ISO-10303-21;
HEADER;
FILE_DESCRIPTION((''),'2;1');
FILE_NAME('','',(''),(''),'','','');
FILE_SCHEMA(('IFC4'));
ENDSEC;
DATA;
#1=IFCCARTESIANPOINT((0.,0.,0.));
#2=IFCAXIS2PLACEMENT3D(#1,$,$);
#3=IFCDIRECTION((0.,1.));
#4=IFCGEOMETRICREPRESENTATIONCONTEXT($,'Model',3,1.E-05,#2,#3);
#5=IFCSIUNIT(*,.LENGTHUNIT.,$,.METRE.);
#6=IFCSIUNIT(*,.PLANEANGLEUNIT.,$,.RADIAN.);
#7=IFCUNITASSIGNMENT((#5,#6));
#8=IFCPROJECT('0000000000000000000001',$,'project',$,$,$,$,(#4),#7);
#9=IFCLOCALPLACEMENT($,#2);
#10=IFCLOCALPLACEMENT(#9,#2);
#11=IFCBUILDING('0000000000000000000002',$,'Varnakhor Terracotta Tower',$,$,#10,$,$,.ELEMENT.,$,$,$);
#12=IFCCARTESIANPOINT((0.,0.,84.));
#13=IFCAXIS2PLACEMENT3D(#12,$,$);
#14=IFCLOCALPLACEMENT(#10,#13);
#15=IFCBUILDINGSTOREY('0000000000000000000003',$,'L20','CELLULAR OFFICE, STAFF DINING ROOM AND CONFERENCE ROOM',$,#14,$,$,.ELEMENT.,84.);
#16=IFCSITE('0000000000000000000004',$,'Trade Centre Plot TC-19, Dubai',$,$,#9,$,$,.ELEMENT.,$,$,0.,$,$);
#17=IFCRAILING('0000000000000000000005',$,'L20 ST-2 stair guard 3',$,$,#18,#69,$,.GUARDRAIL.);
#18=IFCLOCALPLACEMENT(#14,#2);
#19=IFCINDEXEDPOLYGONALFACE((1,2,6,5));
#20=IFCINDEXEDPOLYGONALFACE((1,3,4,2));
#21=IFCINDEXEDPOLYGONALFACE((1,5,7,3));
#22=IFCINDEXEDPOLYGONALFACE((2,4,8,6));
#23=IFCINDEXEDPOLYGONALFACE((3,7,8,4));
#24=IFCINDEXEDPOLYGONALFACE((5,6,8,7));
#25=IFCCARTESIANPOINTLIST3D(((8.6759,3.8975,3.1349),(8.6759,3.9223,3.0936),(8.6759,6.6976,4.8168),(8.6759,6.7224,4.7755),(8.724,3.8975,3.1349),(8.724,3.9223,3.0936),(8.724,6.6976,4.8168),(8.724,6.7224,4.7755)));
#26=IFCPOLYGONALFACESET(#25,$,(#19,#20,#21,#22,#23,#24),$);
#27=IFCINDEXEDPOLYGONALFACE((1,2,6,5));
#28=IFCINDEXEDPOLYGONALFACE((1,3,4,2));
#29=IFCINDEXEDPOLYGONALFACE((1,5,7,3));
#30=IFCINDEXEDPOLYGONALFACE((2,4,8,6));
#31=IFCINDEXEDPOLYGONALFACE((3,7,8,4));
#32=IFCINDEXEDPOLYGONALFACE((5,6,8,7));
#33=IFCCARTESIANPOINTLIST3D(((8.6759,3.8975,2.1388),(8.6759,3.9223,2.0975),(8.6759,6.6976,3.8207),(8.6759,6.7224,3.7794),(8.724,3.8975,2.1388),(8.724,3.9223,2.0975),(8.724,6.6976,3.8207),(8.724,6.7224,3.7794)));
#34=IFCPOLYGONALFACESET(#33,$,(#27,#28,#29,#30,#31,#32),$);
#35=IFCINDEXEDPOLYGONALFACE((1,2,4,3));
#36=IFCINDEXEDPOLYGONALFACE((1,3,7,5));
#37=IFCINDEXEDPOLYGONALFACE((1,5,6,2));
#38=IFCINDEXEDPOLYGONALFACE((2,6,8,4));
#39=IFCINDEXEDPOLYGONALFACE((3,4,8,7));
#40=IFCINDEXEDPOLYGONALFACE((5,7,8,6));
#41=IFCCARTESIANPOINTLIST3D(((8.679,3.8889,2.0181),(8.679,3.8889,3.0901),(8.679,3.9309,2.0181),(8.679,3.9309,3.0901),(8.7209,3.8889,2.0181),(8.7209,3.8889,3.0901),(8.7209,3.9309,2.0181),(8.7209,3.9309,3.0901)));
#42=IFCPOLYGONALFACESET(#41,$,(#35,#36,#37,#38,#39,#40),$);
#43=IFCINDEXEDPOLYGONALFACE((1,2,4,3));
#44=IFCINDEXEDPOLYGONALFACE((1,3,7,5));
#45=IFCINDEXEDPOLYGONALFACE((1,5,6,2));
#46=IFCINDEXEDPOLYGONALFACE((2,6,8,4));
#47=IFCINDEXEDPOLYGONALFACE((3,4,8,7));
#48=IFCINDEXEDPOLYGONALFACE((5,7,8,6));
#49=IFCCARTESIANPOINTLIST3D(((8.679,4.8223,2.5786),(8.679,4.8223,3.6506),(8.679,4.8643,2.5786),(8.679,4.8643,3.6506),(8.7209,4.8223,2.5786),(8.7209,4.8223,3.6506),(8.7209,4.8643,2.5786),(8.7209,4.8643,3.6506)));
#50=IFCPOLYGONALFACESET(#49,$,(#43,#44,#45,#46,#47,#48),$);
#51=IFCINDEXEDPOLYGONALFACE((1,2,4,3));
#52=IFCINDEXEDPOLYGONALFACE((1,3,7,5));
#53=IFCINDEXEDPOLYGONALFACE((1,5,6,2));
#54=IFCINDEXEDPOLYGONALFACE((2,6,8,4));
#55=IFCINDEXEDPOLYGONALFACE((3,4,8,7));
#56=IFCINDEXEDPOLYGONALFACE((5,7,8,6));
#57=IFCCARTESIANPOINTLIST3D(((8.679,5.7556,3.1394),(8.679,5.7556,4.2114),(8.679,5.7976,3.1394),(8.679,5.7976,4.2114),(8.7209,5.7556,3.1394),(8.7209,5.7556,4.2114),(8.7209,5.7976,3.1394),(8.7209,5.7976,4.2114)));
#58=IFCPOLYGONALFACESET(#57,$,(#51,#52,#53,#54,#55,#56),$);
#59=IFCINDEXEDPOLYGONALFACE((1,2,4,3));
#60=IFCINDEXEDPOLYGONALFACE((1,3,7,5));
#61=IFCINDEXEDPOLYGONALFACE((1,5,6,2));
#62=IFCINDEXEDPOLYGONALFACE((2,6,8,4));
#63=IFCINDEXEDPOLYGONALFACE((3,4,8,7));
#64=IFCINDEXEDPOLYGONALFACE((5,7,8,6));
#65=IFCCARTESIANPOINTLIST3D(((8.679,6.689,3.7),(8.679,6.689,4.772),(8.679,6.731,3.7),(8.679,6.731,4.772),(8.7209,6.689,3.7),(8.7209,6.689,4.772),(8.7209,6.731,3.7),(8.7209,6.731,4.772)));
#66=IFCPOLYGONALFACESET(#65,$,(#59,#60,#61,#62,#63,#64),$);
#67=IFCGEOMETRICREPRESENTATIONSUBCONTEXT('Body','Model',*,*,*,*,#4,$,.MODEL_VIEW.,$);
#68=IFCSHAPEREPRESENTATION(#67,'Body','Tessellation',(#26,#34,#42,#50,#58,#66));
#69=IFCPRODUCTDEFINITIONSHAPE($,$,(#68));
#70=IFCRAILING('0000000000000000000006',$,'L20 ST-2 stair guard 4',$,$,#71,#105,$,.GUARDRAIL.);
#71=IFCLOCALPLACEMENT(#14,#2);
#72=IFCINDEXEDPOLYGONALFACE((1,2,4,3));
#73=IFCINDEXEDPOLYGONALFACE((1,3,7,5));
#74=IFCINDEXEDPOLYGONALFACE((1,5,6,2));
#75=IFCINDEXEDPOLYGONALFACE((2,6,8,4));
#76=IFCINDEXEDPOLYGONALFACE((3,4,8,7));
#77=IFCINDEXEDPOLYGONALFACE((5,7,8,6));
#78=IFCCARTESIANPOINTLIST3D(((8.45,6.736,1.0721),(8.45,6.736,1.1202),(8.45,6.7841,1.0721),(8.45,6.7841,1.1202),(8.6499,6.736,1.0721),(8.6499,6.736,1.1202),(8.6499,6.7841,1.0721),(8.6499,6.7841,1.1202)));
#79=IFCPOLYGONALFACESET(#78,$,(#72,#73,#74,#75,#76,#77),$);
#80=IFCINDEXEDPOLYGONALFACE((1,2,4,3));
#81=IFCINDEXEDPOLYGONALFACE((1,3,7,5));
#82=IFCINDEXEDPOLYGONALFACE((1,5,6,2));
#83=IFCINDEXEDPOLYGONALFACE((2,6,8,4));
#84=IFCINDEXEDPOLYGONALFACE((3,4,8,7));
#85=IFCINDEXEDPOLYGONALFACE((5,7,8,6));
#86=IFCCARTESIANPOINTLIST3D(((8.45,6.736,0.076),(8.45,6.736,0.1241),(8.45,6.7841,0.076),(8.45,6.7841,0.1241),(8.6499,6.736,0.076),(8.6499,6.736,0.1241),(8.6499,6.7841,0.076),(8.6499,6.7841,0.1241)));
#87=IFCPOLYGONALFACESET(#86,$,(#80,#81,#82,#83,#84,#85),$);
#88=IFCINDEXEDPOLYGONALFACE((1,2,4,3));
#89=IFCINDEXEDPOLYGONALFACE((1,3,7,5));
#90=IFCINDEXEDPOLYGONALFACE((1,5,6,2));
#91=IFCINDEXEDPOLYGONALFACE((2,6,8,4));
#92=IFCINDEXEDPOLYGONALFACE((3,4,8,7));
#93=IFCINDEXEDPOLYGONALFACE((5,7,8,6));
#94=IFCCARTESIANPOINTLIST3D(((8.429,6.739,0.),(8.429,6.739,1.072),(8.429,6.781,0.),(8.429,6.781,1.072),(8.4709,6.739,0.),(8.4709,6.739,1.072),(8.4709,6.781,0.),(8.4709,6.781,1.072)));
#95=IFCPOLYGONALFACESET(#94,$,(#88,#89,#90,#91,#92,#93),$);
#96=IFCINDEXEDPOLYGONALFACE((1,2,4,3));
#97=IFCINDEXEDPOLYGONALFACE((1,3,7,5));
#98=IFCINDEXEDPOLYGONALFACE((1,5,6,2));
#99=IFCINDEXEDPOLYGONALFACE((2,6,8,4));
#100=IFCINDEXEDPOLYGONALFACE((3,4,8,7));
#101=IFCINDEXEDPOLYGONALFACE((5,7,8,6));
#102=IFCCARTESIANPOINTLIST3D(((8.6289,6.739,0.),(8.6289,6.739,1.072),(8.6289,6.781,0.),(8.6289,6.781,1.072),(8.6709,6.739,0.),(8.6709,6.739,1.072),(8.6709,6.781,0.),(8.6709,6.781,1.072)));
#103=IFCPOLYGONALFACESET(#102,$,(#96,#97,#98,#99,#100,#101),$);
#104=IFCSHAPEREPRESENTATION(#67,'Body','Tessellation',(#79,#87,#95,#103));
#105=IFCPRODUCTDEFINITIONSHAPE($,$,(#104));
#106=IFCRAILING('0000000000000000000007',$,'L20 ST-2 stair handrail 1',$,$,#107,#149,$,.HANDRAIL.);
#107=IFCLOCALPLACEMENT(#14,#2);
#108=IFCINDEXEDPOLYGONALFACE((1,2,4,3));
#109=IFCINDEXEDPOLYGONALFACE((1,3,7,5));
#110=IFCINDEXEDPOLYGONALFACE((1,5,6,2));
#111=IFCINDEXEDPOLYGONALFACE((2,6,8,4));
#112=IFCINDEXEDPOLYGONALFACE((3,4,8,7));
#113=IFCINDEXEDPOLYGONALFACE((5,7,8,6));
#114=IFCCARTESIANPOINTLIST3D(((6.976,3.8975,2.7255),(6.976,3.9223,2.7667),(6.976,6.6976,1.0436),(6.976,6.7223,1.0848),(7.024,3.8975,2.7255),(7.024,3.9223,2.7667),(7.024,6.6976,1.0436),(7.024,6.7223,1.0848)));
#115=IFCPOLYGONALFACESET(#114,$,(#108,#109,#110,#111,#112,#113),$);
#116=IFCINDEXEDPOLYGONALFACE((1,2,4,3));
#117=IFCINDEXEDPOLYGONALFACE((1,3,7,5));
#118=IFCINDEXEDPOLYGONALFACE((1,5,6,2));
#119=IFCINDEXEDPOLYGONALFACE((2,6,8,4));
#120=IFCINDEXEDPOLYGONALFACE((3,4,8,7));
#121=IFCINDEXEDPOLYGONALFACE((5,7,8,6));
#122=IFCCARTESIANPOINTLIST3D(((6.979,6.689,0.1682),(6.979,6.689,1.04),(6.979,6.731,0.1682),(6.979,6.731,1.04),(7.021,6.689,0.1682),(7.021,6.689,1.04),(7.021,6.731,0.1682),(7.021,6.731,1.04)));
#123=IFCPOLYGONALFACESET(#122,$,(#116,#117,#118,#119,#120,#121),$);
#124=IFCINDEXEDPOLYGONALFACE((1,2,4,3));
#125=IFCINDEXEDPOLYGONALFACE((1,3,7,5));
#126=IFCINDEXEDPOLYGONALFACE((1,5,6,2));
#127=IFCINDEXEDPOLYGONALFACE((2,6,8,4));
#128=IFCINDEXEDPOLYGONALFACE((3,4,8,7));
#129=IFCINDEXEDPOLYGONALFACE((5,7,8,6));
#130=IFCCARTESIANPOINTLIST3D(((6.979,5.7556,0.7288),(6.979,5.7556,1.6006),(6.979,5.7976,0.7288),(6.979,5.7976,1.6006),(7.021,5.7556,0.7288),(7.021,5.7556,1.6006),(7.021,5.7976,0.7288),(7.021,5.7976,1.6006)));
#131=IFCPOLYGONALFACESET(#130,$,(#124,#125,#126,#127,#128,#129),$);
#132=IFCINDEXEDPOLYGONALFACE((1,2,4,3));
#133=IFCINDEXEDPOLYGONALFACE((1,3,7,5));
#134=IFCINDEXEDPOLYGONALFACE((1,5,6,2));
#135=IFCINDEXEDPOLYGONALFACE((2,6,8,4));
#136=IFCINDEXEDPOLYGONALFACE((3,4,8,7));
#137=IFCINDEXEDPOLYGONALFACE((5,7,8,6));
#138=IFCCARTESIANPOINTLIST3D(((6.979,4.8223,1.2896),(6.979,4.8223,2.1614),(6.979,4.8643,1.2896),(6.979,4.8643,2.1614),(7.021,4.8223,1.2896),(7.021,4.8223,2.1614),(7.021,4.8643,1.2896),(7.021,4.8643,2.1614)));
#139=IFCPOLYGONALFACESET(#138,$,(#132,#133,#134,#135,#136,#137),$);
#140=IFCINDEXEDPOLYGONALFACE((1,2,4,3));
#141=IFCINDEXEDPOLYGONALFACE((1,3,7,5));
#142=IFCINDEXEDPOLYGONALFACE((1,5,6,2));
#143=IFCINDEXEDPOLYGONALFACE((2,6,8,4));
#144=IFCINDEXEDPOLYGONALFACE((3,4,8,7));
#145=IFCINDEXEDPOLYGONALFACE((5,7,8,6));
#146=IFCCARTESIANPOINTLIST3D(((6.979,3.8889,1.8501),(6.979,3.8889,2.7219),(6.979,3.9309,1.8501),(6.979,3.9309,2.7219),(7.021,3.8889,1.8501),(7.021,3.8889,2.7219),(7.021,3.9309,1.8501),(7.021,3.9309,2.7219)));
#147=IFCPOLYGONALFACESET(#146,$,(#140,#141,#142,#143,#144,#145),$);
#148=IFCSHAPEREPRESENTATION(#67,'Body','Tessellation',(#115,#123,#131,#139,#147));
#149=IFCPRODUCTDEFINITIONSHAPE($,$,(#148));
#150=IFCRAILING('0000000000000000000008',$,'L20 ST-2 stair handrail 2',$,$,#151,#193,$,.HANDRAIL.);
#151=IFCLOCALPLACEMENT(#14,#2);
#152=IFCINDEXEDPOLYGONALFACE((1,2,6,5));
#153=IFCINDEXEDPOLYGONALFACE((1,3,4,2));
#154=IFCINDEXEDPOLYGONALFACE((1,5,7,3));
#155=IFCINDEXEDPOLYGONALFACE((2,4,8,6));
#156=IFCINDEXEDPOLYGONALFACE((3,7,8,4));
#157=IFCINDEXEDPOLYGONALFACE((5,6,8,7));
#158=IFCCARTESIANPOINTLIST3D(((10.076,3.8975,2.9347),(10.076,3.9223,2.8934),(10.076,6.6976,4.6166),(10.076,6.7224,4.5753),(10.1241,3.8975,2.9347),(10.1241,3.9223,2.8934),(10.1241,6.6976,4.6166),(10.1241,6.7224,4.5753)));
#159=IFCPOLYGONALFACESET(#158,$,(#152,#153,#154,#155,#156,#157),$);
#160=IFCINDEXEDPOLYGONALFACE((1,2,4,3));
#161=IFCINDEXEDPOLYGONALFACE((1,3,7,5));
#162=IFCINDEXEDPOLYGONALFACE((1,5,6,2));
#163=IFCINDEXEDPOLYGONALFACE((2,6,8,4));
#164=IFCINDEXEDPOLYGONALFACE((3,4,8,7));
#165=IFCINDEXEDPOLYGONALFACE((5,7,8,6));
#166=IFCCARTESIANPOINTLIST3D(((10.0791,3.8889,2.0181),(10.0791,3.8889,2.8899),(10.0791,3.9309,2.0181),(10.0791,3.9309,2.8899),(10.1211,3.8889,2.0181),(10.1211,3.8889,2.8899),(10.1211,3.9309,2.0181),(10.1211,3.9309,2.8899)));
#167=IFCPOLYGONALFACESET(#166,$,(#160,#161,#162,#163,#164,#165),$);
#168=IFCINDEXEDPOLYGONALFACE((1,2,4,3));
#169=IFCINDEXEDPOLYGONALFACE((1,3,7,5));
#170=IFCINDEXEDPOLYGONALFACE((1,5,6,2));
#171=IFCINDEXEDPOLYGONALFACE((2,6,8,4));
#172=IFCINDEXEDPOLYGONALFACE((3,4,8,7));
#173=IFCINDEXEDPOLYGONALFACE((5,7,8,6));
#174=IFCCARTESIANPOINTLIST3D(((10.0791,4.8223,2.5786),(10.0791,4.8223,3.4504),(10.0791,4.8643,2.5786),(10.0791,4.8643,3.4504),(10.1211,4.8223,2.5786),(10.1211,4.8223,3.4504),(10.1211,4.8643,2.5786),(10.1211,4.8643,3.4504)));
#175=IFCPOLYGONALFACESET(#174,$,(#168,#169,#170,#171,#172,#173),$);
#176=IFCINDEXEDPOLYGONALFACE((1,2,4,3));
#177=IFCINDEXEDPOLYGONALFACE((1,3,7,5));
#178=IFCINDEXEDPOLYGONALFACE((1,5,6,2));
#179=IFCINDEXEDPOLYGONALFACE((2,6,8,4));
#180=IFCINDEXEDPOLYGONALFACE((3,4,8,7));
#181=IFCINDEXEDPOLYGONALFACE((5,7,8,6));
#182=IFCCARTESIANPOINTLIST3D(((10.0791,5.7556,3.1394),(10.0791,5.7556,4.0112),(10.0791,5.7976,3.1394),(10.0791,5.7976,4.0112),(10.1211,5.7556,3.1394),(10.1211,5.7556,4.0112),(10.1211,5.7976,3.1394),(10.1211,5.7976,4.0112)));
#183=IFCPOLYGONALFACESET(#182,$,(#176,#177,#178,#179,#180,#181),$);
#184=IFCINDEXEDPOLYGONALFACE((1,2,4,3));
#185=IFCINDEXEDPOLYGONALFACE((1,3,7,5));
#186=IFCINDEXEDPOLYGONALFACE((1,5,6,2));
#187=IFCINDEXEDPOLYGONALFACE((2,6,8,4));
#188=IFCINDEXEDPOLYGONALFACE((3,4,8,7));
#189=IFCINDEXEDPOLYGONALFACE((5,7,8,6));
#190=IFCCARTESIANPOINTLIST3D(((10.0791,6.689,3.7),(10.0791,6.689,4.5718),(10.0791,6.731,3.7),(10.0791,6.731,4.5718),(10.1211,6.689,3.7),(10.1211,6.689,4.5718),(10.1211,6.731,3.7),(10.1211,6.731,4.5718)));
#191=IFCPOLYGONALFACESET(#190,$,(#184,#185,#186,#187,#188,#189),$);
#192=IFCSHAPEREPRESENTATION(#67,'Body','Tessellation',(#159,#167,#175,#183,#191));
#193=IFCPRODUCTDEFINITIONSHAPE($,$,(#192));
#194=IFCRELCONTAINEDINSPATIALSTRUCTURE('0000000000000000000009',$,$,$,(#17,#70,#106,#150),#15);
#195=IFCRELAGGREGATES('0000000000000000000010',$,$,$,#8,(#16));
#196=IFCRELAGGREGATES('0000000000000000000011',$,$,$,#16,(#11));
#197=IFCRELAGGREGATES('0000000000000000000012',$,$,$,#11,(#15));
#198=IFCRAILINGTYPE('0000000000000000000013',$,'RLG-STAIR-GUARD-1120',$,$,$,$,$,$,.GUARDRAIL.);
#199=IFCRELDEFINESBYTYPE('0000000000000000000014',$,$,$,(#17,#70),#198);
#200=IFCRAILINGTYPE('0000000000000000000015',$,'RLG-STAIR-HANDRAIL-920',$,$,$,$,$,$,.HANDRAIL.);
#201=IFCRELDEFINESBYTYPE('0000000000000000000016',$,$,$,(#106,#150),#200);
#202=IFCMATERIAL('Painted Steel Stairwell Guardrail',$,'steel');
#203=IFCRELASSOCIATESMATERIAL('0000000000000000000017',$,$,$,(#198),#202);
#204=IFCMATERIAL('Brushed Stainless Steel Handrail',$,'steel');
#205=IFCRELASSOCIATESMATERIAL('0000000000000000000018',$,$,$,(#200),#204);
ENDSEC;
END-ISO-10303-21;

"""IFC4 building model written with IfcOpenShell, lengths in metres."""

from ifc_helpers import new_model, si_unit, direction, frame, origin, origin_2d, place, context, subcontext, project, spatial, rectangle, extrude, material, type_object, element, save


model = new_model("IFC4")

# Units and contexts
model_context = context("Model", 3, precision=1e-05, world=origin(), true_north=direction((0.0, 1.0)))
body_context = subcontext(model_context, "Body", "Model", "MODEL_VIEW")
ifc_project = project(units=[si_unit("LENGTHUNIT", "METRE"), si_unit("PLANEANGLEUNIT", "RADIAN")], contexts=[model_context])

# Site, building, storey
site_placement = place(None, origin())
site = spatial("IfcSite", under=ifc_project, at=site_placement, Name="Trade Centre Plot TC-19, Dubai", CompositionType="ELEMENT", RefElevation=0.0)
building_placement = place(site_placement, origin())
building = spatial("IfcBuilding", under=site, at=building_placement, Name="Varnakhor Terracotta Tower", CompositionType="ELEMENT")
storey_placement = place(building_placement, frame((0.0, 0.0, 84.0)))
storey = spatial("IfcBuildingStorey", under=building, at=storey_placement, Name="L20", Description="CELLULAR OFFICE, STAFF DINING ROOM AND CONFERENCE ROOM", CompositionType="ELEMENT", Elevation=84.0)

# Railings
ifc_material_1 = material(Name="Painted Steel Stairwell Guardrail", Category="steel")
railing_type_1 = type_object("IfcRailingType", Name="RLG-STAIR-GUARD-1120", PredefinedType="GUARDRAIL", material=ifc_material_1)
railing_1_placement = place(storey_placement, frame((8.7, 3.9099, 2.0181)))
element("IfcRailing", 1, at=railing_1_placement, inside=storey, type_object=railing_type_1, Name="L20 ST-2 stair guard 3", PredefinedType="GUARDRAIL", context=body_context, shape_type="SweptSolid", body=[
    extrude(rectangle(XDim=0.0481, YDim=0.0481, at=origin_2d()), frame((0.0, 0.0, 1.0962), z_axis=(0.0, 0.857242, 0.514913), x_axis=(-1.0, 0.0, 0.0)), (0.0, 0.0, 1.0), 3.2664),
    extrude(rectangle(XDim=0.0481, YDim=0.0481, at=origin_2d()), frame((0.0, 0.0, 0.1001), z_axis=(0.0, 0.857242, 0.514913), x_axis=(-1.0, 0.0, 0.0)), (0.0, 0.0, 1.0), 3.2664),
    extrude(rectangle(XDim=0.042, YDim=0.042, at=origin_2d()), origin(), (0.0, 0.0, 1.0), 1.072),
    extrude(rectangle(XDim=0.042, YDim=0.042, at=origin_2d()), frame((0.0, 0.9333, 0.5605)), (0.0, 0.0, 1.0), 1.072),
    extrude(rectangle(XDim=0.042, YDim=0.042, at=origin_2d()), frame((0.0, 1.8667, 1.1213)), (0.0, 0.0, 1.0), 1.072),
    extrude(rectangle(XDim=0.042, YDim=0.042, at=origin_2d()), frame((0.0, 2.8, 1.6819)), (0.0, 0.0, 1.0), 1.072),
])
railing_2_placement = place(storey_placement, frame((8.45, 6.76, 0.0)))
element("IfcRailing", 2, at=railing_2_placement, inside=storey, type_object=railing_type_1, Name="L20 ST-2 stair guard 4", PredefinedType="GUARDRAIL", context=body_context, shape_type="SweptSolid", body=[
    extrude(rectangle(XDim=0.0481, YDim=0.0481, at=origin_2d()), frame((0.0, 0.0, 1.0962), z_axis=(1.0, 0.0, 0.0), x_axis=(0.0, 1.0, 0.0)), (0.0, 0.0, 1.0), 0.2),
    extrude(rectangle(XDim=0.0481, YDim=0.0481, at=origin_2d()), frame((0.0, 0.0, 0.1001), z_axis=(1.0, 0.0, 0.0), x_axis=(0.0, 1.0, 0.0)), (0.0, 0.0, 1.0), 0.2),
    extrude(rectangle(XDim=0.042, YDim=0.042, at=origin_2d()), origin(), (0.0, 0.0, 1.0), 1.072),
    extrude(rectangle(XDim=0.042, YDim=0.042, at=origin_2d()), frame((0.2, 0.0, 0.0)), (0.0, 0.0, 1.0), 1.072),
])
ifc_material_2 = material(Name="Brushed Stainless Steel Handrail", Category="steel")
railing_type_2 = type_object("IfcRailingType", Name="RLG-STAIR-HANDRAIL-920", PredefinedType="HANDRAIL", material=ifc_material_2)
railing_3_placement = place(storey_placement, frame((7.0, 6.71, 0.1682)))
element("IfcRailing", 3, at=railing_3_placement, inside=storey, type_object=railing_type_2, Name="L20 ST-2 stair handrail 1", PredefinedType="HANDRAIL", context=body_context, shape_type="SweptSolid", body=[
    extrude(rectangle(XDim=0.0481, YDim=0.0481, at=origin_2d()), frame((0.0, 0.0, 0.896), z_axis=(0.0, -0.857242, 0.514913), x_axis=(1.0, 0.0, 0.0)), (0.0, 0.0, 1.0), 3.2664),
    extrude(rectangle(XDim=0.042, YDim=0.042, at=origin_2d()), origin(), (0.0, 0.0, 1.0), 0.8718),
    extrude(rectangle(XDim=0.042, YDim=0.042, at=origin_2d()), frame((0.0, -0.9333, 0.5605)), (0.0, 0.0, 1.0), 0.8718),
    extrude(rectangle(XDim=0.042, YDim=0.042, at=origin_2d()), frame((0.0, -1.8667, 1.1213)), (0.0, 0.0, 1.0), 0.8718),
    extrude(rectangle(XDim=0.042, YDim=0.042, at=origin_2d()), frame((0.0, -2.8, 1.6819)), (0.0, 0.0, 1.0), 0.8718),
])
railing_4_placement = place(storey_placement, frame((10.1001, 3.9099, 2.0181)))
element("IfcRailing", 4, at=railing_4_placement, inside=storey, type_object=railing_type_2, Name="L20 ST-2 stair handrail 2", PredefinedType="HANDRAIL", context=body_context, shape_type="SweptSolid", body=[
    extrude(rectangle(XDim=0.0481, YDim=0.0481, at=origin_2d()), frame((0.0, 0.0, 0.896), z_axis=(0.0, 0.857242, 0.514913), x_axis=(-1.0, 0.0, 0.0)), (0.0, 0.0, 1.0), 3.2664),
    extrude(rectangle(XDim=0.042, YDim=0.042, at=origin_2d()), origin(), (0.0, 0.0, 1.0), 0.8718),
    extrude(rectangle(XDim=0.042, YDim=0.042, at=origin_2d()), frame((0.0, 0.9333, 0.5605)), (0.0, 0.0, 1.0), 0.8718),
    extrude(rectangle(XDim=0.042, YDim=0.042, at=origin_2d()), frame((0.0, 1.8667, 1.1213)), (0.0, 0.0, 1.0), 0.8718),
    extrude(rectangle(XDim=0.042, YDim=0.042, at=origin_2d()), frame((0.0, 2.8, 1.6819)), (0.0, 0.0, 1.0), 0.8718),
])

save(model, "model.ifc")
